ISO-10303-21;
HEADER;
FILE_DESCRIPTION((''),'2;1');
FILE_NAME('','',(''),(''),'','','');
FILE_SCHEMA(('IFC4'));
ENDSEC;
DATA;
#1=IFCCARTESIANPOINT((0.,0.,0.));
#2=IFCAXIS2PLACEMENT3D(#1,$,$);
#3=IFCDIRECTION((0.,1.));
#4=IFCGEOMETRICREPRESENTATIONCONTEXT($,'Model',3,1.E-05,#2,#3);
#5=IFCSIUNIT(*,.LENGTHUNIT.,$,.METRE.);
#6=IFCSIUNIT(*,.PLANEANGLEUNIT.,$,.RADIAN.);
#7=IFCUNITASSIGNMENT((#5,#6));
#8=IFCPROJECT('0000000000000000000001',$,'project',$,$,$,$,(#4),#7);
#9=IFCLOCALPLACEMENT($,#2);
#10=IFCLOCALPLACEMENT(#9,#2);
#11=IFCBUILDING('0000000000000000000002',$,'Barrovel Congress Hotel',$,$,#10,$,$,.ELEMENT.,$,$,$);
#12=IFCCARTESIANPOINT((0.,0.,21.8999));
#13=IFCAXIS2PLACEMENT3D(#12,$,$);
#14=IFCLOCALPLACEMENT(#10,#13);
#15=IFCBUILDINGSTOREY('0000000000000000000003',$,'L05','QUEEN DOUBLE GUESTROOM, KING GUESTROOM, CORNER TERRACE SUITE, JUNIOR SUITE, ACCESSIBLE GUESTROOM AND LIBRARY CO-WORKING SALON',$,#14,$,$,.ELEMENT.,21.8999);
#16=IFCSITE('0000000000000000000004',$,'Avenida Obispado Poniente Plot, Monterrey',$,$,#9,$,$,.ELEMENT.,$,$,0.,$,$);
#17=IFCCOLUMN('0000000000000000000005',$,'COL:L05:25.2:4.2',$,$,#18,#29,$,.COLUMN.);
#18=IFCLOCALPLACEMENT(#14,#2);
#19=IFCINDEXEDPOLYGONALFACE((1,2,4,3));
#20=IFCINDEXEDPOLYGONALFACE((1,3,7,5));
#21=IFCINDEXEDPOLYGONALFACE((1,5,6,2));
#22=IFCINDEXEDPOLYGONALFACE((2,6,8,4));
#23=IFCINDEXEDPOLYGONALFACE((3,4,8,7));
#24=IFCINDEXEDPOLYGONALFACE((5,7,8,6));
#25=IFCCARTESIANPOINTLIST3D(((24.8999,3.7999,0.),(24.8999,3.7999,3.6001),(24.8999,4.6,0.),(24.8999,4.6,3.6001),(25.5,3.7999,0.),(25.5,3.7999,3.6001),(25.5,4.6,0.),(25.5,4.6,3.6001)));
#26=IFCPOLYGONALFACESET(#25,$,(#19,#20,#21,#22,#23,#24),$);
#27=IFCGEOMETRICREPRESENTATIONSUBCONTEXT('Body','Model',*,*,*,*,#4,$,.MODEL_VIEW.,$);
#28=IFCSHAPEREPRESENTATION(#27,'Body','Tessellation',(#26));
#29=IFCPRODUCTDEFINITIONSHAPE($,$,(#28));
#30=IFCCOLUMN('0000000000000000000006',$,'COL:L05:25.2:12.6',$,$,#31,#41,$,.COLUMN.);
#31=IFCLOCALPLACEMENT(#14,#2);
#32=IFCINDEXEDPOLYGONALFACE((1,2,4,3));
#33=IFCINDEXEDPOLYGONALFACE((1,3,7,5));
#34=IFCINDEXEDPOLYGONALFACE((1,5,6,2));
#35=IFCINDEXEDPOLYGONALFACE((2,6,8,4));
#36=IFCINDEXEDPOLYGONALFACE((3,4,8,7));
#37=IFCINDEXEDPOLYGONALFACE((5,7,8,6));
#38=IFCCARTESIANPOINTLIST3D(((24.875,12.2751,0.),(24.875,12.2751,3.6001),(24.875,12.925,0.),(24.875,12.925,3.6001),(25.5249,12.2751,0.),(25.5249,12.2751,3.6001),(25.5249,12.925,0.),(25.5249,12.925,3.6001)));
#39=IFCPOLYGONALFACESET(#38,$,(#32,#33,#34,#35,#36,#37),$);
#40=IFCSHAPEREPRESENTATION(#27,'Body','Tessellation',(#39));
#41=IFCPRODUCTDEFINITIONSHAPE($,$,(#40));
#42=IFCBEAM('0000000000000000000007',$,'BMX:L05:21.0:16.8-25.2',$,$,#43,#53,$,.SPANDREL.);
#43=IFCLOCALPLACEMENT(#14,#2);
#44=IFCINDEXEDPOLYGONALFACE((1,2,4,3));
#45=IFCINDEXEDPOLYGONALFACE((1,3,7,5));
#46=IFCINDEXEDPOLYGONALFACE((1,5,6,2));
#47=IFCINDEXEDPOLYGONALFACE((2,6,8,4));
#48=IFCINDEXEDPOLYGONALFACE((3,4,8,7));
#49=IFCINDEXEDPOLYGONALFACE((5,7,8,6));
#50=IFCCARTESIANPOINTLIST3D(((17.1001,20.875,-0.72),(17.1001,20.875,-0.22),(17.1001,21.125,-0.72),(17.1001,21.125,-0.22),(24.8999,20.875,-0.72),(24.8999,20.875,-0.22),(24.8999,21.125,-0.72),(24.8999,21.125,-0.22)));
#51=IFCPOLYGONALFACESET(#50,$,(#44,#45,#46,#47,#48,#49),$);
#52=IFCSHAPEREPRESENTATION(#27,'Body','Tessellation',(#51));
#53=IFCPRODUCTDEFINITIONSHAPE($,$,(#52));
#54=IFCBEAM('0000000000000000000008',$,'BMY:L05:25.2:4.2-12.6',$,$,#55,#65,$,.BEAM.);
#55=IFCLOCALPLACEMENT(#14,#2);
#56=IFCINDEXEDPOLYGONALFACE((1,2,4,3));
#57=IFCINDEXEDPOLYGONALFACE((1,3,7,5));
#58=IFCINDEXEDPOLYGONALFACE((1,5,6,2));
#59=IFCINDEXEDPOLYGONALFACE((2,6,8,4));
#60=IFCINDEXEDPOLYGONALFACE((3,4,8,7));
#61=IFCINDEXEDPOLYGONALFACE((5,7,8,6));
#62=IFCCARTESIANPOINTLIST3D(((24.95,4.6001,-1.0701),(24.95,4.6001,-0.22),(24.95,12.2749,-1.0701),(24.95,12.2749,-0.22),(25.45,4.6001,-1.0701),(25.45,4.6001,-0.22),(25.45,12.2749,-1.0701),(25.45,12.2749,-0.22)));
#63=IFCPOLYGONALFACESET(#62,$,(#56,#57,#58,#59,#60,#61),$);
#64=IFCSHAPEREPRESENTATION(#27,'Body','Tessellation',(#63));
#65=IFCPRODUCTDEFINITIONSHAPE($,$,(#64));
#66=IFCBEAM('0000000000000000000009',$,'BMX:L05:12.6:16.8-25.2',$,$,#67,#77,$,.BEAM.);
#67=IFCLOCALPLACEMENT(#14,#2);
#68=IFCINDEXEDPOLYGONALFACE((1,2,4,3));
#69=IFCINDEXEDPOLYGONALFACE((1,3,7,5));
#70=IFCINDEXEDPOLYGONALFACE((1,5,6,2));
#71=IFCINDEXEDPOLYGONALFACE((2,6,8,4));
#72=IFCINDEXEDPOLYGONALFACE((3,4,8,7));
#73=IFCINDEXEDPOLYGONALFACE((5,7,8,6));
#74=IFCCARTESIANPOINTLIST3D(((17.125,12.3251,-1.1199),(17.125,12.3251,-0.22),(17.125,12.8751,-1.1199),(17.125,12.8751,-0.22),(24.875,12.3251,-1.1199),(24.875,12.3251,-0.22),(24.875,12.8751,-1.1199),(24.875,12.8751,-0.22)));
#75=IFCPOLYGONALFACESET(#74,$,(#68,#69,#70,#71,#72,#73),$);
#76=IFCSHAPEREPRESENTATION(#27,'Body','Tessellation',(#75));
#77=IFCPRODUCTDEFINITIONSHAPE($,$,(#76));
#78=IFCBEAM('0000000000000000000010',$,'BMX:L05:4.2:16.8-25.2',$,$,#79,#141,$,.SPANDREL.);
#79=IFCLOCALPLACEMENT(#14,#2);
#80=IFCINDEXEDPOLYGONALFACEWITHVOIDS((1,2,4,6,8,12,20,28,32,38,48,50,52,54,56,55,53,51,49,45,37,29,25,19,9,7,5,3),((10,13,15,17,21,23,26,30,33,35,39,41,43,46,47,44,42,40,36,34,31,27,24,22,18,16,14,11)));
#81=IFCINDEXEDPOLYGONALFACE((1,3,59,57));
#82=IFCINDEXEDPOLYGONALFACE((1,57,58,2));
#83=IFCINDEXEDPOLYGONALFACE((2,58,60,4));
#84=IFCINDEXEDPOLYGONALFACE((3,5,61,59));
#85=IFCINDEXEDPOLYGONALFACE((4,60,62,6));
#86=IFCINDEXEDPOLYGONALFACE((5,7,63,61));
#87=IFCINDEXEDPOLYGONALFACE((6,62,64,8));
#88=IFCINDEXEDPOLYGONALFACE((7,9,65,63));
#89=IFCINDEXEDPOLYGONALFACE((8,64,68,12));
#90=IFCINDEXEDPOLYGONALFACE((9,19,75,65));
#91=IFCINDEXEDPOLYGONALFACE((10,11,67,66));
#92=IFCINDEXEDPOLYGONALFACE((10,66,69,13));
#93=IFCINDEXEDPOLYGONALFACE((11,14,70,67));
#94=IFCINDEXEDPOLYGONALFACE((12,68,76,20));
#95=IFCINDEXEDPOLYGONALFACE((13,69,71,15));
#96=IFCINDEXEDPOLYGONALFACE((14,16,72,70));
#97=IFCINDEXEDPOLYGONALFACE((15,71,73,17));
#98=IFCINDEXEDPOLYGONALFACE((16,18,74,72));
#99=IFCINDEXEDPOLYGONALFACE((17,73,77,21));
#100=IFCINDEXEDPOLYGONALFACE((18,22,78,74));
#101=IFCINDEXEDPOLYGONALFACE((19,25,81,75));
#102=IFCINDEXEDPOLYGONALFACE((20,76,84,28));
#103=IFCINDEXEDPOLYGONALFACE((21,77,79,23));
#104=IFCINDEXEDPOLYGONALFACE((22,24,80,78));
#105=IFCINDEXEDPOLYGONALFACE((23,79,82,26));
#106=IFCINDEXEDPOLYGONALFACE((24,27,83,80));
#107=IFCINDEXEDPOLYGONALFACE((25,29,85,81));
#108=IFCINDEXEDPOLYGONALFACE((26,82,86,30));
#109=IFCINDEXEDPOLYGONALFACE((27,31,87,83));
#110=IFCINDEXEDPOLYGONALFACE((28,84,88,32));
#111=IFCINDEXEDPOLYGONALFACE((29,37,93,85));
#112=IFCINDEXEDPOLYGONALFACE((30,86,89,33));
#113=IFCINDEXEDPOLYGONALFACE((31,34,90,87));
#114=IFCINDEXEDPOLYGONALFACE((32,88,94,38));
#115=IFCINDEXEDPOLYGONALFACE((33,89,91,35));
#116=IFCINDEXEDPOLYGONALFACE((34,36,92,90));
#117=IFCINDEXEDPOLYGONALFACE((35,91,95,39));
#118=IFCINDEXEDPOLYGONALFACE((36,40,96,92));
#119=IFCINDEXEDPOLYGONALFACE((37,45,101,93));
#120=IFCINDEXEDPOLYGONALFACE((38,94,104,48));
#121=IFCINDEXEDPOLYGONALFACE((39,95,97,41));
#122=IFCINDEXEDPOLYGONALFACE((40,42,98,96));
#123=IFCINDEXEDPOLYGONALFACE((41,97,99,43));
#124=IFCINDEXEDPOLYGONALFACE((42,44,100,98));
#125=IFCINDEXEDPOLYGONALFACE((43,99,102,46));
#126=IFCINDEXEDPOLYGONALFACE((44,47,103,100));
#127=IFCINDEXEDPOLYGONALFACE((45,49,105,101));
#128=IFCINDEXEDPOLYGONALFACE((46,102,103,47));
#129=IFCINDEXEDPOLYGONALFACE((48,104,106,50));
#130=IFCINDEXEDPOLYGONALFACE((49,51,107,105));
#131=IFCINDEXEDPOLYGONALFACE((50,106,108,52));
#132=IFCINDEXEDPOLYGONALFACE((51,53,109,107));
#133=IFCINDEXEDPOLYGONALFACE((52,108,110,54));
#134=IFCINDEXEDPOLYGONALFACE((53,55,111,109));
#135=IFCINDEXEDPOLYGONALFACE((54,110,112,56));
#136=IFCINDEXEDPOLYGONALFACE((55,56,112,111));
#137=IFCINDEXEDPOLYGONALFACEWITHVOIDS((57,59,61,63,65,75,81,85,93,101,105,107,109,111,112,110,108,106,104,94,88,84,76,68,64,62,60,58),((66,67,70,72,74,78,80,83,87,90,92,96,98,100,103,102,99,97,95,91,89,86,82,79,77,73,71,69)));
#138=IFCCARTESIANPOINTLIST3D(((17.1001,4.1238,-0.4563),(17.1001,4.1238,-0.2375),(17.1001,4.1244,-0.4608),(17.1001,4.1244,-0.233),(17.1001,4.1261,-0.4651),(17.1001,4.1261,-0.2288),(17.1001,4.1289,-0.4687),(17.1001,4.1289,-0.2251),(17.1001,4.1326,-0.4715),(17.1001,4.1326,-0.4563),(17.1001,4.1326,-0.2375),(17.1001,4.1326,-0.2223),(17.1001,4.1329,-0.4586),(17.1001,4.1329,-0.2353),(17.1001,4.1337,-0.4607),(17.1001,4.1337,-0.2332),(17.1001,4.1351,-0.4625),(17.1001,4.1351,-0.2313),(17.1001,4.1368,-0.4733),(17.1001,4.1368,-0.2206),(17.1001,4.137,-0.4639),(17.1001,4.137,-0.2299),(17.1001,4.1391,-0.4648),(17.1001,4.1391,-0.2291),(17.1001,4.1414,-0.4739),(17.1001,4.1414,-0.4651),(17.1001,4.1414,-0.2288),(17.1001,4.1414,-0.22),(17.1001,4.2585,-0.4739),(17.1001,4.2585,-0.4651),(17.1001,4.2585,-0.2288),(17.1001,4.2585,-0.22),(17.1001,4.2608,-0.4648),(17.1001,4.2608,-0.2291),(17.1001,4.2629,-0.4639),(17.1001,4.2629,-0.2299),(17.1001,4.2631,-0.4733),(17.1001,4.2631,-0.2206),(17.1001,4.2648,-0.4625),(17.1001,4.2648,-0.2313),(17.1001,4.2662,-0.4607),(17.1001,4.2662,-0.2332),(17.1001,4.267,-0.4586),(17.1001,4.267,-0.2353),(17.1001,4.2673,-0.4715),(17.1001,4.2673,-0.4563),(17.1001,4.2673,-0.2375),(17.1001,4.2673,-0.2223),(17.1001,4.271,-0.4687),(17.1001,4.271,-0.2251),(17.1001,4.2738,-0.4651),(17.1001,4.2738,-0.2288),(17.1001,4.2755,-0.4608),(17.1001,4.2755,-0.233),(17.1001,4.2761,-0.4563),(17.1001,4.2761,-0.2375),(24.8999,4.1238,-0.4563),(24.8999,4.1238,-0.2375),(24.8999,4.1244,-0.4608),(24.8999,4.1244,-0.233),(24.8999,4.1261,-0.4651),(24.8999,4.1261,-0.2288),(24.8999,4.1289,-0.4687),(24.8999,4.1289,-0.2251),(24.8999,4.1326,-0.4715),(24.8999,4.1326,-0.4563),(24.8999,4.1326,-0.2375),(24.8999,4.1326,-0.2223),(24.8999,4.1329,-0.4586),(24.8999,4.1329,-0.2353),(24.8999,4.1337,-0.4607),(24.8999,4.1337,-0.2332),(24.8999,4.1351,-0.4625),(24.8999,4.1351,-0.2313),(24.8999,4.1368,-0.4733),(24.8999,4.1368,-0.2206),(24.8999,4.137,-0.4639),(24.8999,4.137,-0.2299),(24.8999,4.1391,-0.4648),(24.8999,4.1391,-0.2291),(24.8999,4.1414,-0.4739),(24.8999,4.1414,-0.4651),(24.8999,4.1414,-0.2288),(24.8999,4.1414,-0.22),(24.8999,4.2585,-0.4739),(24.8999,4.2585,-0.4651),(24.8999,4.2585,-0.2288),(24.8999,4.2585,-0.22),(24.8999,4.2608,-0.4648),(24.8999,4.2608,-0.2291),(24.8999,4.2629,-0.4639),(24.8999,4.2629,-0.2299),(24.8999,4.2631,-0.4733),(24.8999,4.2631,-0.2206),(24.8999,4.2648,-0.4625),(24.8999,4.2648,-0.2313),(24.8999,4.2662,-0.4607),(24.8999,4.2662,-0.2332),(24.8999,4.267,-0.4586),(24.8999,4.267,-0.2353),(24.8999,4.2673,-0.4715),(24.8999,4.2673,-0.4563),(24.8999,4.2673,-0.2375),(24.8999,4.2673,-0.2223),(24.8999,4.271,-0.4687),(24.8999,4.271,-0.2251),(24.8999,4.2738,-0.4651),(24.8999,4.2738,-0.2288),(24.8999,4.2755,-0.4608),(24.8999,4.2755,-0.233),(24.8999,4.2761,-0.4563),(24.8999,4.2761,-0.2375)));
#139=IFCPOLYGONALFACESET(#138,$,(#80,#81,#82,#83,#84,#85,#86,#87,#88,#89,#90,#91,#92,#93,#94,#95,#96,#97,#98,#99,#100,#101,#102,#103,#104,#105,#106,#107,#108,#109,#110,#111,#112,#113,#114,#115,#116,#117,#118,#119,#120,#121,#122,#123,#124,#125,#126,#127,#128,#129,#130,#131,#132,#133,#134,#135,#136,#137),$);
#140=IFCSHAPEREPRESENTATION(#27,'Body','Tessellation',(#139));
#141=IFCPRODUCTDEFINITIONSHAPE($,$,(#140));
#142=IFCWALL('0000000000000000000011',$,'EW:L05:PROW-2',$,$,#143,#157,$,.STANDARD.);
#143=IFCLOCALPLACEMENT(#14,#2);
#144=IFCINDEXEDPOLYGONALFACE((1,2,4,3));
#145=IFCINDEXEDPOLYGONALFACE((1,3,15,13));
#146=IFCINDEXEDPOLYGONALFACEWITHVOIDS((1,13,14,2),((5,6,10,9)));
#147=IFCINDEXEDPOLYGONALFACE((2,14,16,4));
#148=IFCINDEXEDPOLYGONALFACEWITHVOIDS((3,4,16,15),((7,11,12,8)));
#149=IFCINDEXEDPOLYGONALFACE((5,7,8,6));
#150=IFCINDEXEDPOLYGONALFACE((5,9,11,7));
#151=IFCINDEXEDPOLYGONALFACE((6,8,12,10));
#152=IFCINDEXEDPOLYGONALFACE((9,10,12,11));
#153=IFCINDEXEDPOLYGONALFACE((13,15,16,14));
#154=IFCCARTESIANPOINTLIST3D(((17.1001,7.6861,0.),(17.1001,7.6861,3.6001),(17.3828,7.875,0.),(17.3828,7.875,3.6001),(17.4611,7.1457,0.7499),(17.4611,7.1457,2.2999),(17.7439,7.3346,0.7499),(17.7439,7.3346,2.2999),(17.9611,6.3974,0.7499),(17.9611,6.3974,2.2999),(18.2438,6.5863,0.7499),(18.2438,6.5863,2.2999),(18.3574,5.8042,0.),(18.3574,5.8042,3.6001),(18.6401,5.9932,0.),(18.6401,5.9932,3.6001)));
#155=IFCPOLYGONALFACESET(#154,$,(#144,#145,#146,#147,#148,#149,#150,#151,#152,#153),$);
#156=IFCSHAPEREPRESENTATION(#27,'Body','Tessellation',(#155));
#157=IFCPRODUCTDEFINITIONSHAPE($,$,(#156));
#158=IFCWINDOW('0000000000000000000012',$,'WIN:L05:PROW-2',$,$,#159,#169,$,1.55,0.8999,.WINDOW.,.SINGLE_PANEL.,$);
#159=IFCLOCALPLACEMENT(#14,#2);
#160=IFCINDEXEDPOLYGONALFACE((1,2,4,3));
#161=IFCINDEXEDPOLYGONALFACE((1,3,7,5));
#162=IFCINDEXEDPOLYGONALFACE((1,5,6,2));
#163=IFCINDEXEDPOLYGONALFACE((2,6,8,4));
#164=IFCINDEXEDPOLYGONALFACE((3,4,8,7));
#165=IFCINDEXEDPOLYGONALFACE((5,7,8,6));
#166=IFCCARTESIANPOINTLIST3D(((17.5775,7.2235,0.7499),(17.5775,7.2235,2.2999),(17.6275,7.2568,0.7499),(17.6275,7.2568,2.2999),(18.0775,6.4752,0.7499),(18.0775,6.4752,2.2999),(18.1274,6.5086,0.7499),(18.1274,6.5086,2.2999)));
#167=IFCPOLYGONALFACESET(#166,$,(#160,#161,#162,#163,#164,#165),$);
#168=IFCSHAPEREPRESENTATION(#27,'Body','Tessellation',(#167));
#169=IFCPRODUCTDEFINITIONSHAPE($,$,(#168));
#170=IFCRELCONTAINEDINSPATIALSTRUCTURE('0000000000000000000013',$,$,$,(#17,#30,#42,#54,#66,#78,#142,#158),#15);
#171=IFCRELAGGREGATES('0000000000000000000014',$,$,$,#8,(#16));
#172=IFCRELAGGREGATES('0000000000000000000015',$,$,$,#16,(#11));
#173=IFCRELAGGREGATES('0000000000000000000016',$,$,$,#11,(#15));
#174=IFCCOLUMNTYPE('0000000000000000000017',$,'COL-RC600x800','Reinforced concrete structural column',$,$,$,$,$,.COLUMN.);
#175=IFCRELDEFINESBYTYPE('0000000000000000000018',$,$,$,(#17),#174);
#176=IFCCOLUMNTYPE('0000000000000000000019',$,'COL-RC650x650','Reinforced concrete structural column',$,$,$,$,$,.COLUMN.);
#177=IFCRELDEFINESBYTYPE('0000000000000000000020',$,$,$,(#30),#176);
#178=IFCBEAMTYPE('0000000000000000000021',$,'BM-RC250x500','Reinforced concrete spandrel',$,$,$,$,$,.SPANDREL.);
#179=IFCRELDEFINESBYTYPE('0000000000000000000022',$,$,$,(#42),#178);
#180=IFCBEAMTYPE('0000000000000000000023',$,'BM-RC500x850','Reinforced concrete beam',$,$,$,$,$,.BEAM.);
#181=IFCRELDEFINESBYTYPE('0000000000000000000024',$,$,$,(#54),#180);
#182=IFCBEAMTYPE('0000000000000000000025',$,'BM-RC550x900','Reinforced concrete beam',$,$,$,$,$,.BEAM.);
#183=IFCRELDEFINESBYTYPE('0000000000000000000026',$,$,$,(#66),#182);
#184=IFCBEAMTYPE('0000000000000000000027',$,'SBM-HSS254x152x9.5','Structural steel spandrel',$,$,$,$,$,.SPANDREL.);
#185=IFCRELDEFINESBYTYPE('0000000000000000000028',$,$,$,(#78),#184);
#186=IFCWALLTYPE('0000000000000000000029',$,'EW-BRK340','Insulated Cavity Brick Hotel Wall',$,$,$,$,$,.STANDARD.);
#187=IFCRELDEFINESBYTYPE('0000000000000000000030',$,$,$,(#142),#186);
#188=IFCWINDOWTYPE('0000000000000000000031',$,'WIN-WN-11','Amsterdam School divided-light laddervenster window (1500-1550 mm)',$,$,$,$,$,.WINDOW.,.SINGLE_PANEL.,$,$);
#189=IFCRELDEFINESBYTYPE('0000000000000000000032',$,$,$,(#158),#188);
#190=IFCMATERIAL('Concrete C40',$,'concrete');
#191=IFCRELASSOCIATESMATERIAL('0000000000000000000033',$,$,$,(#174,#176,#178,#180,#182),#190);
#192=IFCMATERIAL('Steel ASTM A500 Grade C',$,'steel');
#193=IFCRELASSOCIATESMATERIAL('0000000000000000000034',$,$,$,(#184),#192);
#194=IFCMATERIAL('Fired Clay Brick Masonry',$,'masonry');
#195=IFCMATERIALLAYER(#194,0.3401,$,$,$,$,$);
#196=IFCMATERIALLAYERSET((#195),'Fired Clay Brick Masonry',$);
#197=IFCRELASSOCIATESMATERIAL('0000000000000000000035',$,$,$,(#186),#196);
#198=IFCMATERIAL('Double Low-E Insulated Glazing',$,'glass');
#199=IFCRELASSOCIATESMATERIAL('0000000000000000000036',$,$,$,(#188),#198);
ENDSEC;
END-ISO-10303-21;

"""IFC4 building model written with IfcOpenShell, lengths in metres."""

from ifc_helpers import new_model, si_unit, direction, frame, frame_2d, origin, origin_2d, place, context, subcontext, project, spatial, rectangle, hollow_rectangle, extrude, material, layer, layer_set, material_profile, profile_set, type_object, element, fill, save


model = new_model("IFC4")

# Units and contexts
model_context = context("Model", 3, precision=1e-05, world=origin(), true_north=direction((0.0, 1.0)))
body_context = subcontext(model_context, "Body", "Model", "MODEL_VIEW")
ifc_project = project(units=[si_unit("LENGTHUNIT", "METRE"), si_unit("PLANEANGLEUNIT", "RADIAN")], contexts=[model_context])

# Site, building, storey
site_placement = place(None, origin())
site = spatial("IfcSite", under=ifc_project, at=site_placement, Name="Avenida Obispado Poniente Plot, Monterrey", CompositionType="ELEMENT", RefElevation=0.0)
building_placement = place(site_placement, origin())
building = spatial("IfcBuilding", under=site, at=building_placement, Name="Barrovel Congress Hotel", CompositionType="ELEMENT")
storey_placement = place(building_placement, frame((0.0, 0.0, 21.8999)))
storey = spatial("IfcBuildingStorey", under=building, at=storey_placement, Name="L05", Description="QUEEN DOUBLE GUESTROOM, KING GUESTROOM, CORNER TERRACE SUITE, JUNIOR SUITE, ACCESSIBLE GUESTROOM AND LIBRARY CO-WORKING SALON", CompositionType="ELEMENT", Elevation=21.8999)

# Columns
ifc_material_1 = material(Name="Concrete C40", Category="concrete")
ifc_material_profile_1 = material_profile(ifc_material_1, rectangle(XDim=0.6001, YDim=0.8, at=origin_2d()), Name="RC600x800")
ifc_profile_set_1 = profile_set([ifc_material_profile_1], Name="Concrete C40")
column_type_1 = type_object("IfcColumnType", Name="COL-RC600x800", Description="Reinforced concrete structural column", PredefinedType="COLUMN", material=ifc_profile_set_1)
column_1_placement = place(storey_placement, frame((25.2, 4.2, 0.0), z_axis=(0.0, 0.0, 1.0), x_axis=(1.0, 0.0, 0.0)))
element("IfcColumn", 1, at=column_1_placement, inside=storey, type_object=column_type_1, Name="COL:L05:25.2:4.2", PredefinedType="COLUMN", context=body_context, shape_type="SweptSolid", body=[
    extrude(rectangle(XDim=0.6001, YDim=0.8, at=origin_2d()), origin(), (0.0, 0.0, 1.0), 3.6001),
])
ifc_material_profile_2 = material_profile(ifc_material_1, rectangle(XDim=0.6499, YDim=0.6499, at=origin_2d()), Name="RC650x650")
ifc_profile_set_2 = profile_set([ifc_material_profile_2], Name="Concrete C40")
column_type_2 = type_object("IfcColumnType", Name="COL-RC650x650", Description="Reinforced concrete structural column", PredefinedType="COLUMN", material=ifc_profile_set_2)
column_2_placement = place(storey_placement, frame((25.2, 12.6001, 0.0), z_axis=(0.0, 0.0, 1.0), x_axis=(1.0, 0.0, 0.0)))
element("IfcColumn", 2, at=column_2_placement, inside=storey, type_object=column_type_2, Name="COL:L05:25.2:12.6", PredefinedType="COLUMN", context=body_context, shape_type="SweptSolid", body=[
    extrude(rectangle(XDim=0.6499, YDim=0.6499, at=origin_2d()), origin(), (0.0, 0.0, 1.0), 3.6001),
])

# Beams
ifc_material_profile_3 = material_profile(ifc_material_1, rectangle(XDim=0.25, YDim=0.5, at=origin_2d()), Name="RC250x500")
ifc_profile_set_3 = profile_set([ifc_material_profile_3], Name="Concrete C40")
beam_type_1 = type_object("IfcBeamType", Name="BM-RC250x500", Description="Reinforced concrete spandrel", PredefinedType="SPANDREL", material=ifc_profile_set_3)
beam_1_placement = place(storey_placement, frame((17.1001, 21.0, -0.47), z_axis=(1.0, 0.0, 0.0), x_axis=(0.0, 1.0, 0.0)))
element("IfcBeam", 3, at=beam_1_placement, inside=storey, type_object=beam_type_1, Name="BMX:L05:21.0:16.8-25.2", PredefinedType="SPANDREL", context=body_context, shape_type="SweptSolid", body=[
    extrude(rectangle(XDim=0.25, YDim=0.5, at=origin_2d()), origin(), (0.0, 0.0, 1.0), 7.7998),
])
ifc_material_profile_4 = material_profile(ifc_material_1, rectangle(XDim=0.5, YDim=0.8501, at=origin_2d()), Name="RC500x850")
ifc_profile_set_4 = profile_set([ifc_material_profile_4], Name="Concrete C40")
beam_type_2 = type_object("IfcBeamType", Name="BM-RC500x850", Description="Reinforced concrete beam", PredefinedType="BEAM", material=ifc_profile_set_4)
beam_2_placement = place(storey_placement, frame((25.2, 4.6001, -0.645), z_axis=(0.0, 1.0, 0.0), x_axis=(-1.0, 0.0, 0.0)))
element("IfcBeam", 4, at=beam_2_placement, inside=storey, type_object=beam_type_2, Name="BMY:L05:25.2:4.2-12.6", PredefinedType="BEAM", context=body_context, shape_type="SweptSolid", body=[
    extrude(rectangle(XDim=0.5, YDim=0.8501, at=origin_2d()), origin(), (0.0, 0.0, 1.0), 7.6748),
])
ifc_material_profile_5 = material_profile(ifc_material_1, rectangle(XDim=0.55, YDim=0.8999, at=origin_2d()), Name="RC550x900")
ifc_profile_set_5 = profile_set([ifc_material_profile_5], Name="Concrete C40")
beam_type_3 = type_object("IfcBeamType", Name="BM-RC550x900", Description="Reinforced concrete beam", PredefinedType="BEAM", material=ifc_profile_set_5)
beam_3_placement = place(storey_placement, frame((17.125, 12.6001, -0.6699), z_axis=(1.0, 0.0, 0.0), x_axis=(0.0, 1.0, 0.0)))
element("IfcBeam", 5, at=beam_3_placement, inside=storey, type_object=beam_type_3, Name="BMX:L05:12.6:16.8-25.2", PredefinedType="BEAM", context=body_context, shape_type="SweptSolid", body=[
    extrude(rectangle(XDim=0.55, YDim=0.8999, at=origin_2d()), origin(), (0.0, 0.0, 1.0), 7.75),
])
ifc_material_2 = material(Name="Steel ASTM A500 Grade C", Category="steel")
ifc_material_profile_6 = material_profile(ifc_material_2, hollow_rectangle(XDim=0.1523, YDim=0.2539, WallThickness=0.0088, InnerFilletRadius=0.0088, OuterFilletRadius=0.0176, at=origin_2d()), Name="HSS254x152x9.5")
ifc_profile_set_6 = profile_set([ifc_material_profile_6], Name="Steel ASTM A500 Grade C")
beam_type_4 = type_object("IfcBeamType", Name="SBM-HSS254x152x9.5", Description="Structural steel spandrel", PredefinedType="SPANDREL", material=ifc_profile_set_6)
beam_4_placement = place(storey_placement, frame((17.1001, 4.2, -0.3469), z_axis=(1.0, 0.0, 0.0), x_axis=(0.0, 1.0, 0.0)))
element("IfcBeam", 6, at=beam_4_placement, inside=storey, type_object=beam_type_4, Name="BMX:L05:4.2:16.8-25.2", PredefinedType="SPANDREL", context=body_context, shape_type="SweptSolid", body=[
    extrude(hollow_rectangle(XDim=0.1523, YDim=0.2539, WallThickness=0.0088, InnerFilletRadius=0.0088, OuterFilletRadius=0.0176, at=origin_2d()), origin(), (0.0, 0.0, 1.0), 7.7998),
])

# Wall, opening, window
ifc_material_3 = material(Name="Fired Clay Brick Masonry", Category="masonry")
ifc_layer_1 = layer(ifc_material_3, 0.3401)
ifc_layer_set_1 = layer_set([ifc_layer_1], Name="Fired Clay Brick Masonry")
wall_type_1 = type_object("IfcWallType", Name="EW-BRK340", Description="Insulated Cavity Brick Hotel Wall", PredefinedType="STANDARD", material=ifc_layer_set_1)
wall_1_placement = place(storey_placement, frame((17.2415, 7.7805, 0.0), z_axis=(0.0, 0.0, 1.0), x_axis=(0.555546, -0.831486, 0.0)))
wall_1 = element("IfcWall", 7, at=wall_1_placement, inside=storey, type_object=wall_type_1, Name="EW:L05:PROW-2", PredefinedType="STANDARD", context=body_context, shape_type="SweptSolid", body=[
    extrude(rectangle(XDim=2.2632, YDim=0.3401, at=frame_2d((1.1316, 0.0))), origin(), (0.0, 0.0, 1.0), 3.6001),
])
opening_1_placement = place(wall_1_placement, frame((0.6499, 0.0, 0.75)))
opening_1 = element("IfcOpeningElement", 8, at=opening_1_placement, cuts=wall_1, PredefinedType="OPENING", context=body_context, shape_type="SweptSolid", body=[
    extrude(rectangle(XDim=0.8999, YDim=1.55, at=frame_2d((0.45, 0.7749))), frame((0.0, 0.1802, 0.0), z_axis=(0.0, -1.0, 0.0), x_axis=(1.0, 0.0, 0.0)), (0.0, 0.0, 1.0), 0.3601),
])
ifc_material_4 = material(Name="Double Low-E Insulated Glazing", Category="glass")
window_type_1 = type_object("IfcWindowType", Name="WIN-WN-11", Description="Amsterdam School divided-light laddervenster window (1500-1550 mm)", PartitioningType="SINGLE_PANEL", PredefinedType="WINDOW", material=ifc_material_4)
window_1_placement = place(opening_1_placement, origin())
window_1 = element("IfcWindow", 9, at=window_1_placement, inside=storey, type_object=window_type_1, Name="WIN:L05:PROW-2", OverallHeight=1.55, OverallWidth=0.8999, PartitioningType="SINGLE_PANEL", PredefinedType="WINDOW", context=body_context, shape_type="SweptSolid", body=[
    extrude(rectangle(XDim=0.8999, YDim=1.55, at=frame_2d((0.45, 0.7749))), frame((0.0, 0.03, 0.0), z_axis=(0.0, -1.0, 0.0), x_axis=(1.0, 0.0, 0.0)), (0.0, 0.0, 1.0), 0.0601),
])
fill(opening_1, window_1)

save(model, "model.ifc")
